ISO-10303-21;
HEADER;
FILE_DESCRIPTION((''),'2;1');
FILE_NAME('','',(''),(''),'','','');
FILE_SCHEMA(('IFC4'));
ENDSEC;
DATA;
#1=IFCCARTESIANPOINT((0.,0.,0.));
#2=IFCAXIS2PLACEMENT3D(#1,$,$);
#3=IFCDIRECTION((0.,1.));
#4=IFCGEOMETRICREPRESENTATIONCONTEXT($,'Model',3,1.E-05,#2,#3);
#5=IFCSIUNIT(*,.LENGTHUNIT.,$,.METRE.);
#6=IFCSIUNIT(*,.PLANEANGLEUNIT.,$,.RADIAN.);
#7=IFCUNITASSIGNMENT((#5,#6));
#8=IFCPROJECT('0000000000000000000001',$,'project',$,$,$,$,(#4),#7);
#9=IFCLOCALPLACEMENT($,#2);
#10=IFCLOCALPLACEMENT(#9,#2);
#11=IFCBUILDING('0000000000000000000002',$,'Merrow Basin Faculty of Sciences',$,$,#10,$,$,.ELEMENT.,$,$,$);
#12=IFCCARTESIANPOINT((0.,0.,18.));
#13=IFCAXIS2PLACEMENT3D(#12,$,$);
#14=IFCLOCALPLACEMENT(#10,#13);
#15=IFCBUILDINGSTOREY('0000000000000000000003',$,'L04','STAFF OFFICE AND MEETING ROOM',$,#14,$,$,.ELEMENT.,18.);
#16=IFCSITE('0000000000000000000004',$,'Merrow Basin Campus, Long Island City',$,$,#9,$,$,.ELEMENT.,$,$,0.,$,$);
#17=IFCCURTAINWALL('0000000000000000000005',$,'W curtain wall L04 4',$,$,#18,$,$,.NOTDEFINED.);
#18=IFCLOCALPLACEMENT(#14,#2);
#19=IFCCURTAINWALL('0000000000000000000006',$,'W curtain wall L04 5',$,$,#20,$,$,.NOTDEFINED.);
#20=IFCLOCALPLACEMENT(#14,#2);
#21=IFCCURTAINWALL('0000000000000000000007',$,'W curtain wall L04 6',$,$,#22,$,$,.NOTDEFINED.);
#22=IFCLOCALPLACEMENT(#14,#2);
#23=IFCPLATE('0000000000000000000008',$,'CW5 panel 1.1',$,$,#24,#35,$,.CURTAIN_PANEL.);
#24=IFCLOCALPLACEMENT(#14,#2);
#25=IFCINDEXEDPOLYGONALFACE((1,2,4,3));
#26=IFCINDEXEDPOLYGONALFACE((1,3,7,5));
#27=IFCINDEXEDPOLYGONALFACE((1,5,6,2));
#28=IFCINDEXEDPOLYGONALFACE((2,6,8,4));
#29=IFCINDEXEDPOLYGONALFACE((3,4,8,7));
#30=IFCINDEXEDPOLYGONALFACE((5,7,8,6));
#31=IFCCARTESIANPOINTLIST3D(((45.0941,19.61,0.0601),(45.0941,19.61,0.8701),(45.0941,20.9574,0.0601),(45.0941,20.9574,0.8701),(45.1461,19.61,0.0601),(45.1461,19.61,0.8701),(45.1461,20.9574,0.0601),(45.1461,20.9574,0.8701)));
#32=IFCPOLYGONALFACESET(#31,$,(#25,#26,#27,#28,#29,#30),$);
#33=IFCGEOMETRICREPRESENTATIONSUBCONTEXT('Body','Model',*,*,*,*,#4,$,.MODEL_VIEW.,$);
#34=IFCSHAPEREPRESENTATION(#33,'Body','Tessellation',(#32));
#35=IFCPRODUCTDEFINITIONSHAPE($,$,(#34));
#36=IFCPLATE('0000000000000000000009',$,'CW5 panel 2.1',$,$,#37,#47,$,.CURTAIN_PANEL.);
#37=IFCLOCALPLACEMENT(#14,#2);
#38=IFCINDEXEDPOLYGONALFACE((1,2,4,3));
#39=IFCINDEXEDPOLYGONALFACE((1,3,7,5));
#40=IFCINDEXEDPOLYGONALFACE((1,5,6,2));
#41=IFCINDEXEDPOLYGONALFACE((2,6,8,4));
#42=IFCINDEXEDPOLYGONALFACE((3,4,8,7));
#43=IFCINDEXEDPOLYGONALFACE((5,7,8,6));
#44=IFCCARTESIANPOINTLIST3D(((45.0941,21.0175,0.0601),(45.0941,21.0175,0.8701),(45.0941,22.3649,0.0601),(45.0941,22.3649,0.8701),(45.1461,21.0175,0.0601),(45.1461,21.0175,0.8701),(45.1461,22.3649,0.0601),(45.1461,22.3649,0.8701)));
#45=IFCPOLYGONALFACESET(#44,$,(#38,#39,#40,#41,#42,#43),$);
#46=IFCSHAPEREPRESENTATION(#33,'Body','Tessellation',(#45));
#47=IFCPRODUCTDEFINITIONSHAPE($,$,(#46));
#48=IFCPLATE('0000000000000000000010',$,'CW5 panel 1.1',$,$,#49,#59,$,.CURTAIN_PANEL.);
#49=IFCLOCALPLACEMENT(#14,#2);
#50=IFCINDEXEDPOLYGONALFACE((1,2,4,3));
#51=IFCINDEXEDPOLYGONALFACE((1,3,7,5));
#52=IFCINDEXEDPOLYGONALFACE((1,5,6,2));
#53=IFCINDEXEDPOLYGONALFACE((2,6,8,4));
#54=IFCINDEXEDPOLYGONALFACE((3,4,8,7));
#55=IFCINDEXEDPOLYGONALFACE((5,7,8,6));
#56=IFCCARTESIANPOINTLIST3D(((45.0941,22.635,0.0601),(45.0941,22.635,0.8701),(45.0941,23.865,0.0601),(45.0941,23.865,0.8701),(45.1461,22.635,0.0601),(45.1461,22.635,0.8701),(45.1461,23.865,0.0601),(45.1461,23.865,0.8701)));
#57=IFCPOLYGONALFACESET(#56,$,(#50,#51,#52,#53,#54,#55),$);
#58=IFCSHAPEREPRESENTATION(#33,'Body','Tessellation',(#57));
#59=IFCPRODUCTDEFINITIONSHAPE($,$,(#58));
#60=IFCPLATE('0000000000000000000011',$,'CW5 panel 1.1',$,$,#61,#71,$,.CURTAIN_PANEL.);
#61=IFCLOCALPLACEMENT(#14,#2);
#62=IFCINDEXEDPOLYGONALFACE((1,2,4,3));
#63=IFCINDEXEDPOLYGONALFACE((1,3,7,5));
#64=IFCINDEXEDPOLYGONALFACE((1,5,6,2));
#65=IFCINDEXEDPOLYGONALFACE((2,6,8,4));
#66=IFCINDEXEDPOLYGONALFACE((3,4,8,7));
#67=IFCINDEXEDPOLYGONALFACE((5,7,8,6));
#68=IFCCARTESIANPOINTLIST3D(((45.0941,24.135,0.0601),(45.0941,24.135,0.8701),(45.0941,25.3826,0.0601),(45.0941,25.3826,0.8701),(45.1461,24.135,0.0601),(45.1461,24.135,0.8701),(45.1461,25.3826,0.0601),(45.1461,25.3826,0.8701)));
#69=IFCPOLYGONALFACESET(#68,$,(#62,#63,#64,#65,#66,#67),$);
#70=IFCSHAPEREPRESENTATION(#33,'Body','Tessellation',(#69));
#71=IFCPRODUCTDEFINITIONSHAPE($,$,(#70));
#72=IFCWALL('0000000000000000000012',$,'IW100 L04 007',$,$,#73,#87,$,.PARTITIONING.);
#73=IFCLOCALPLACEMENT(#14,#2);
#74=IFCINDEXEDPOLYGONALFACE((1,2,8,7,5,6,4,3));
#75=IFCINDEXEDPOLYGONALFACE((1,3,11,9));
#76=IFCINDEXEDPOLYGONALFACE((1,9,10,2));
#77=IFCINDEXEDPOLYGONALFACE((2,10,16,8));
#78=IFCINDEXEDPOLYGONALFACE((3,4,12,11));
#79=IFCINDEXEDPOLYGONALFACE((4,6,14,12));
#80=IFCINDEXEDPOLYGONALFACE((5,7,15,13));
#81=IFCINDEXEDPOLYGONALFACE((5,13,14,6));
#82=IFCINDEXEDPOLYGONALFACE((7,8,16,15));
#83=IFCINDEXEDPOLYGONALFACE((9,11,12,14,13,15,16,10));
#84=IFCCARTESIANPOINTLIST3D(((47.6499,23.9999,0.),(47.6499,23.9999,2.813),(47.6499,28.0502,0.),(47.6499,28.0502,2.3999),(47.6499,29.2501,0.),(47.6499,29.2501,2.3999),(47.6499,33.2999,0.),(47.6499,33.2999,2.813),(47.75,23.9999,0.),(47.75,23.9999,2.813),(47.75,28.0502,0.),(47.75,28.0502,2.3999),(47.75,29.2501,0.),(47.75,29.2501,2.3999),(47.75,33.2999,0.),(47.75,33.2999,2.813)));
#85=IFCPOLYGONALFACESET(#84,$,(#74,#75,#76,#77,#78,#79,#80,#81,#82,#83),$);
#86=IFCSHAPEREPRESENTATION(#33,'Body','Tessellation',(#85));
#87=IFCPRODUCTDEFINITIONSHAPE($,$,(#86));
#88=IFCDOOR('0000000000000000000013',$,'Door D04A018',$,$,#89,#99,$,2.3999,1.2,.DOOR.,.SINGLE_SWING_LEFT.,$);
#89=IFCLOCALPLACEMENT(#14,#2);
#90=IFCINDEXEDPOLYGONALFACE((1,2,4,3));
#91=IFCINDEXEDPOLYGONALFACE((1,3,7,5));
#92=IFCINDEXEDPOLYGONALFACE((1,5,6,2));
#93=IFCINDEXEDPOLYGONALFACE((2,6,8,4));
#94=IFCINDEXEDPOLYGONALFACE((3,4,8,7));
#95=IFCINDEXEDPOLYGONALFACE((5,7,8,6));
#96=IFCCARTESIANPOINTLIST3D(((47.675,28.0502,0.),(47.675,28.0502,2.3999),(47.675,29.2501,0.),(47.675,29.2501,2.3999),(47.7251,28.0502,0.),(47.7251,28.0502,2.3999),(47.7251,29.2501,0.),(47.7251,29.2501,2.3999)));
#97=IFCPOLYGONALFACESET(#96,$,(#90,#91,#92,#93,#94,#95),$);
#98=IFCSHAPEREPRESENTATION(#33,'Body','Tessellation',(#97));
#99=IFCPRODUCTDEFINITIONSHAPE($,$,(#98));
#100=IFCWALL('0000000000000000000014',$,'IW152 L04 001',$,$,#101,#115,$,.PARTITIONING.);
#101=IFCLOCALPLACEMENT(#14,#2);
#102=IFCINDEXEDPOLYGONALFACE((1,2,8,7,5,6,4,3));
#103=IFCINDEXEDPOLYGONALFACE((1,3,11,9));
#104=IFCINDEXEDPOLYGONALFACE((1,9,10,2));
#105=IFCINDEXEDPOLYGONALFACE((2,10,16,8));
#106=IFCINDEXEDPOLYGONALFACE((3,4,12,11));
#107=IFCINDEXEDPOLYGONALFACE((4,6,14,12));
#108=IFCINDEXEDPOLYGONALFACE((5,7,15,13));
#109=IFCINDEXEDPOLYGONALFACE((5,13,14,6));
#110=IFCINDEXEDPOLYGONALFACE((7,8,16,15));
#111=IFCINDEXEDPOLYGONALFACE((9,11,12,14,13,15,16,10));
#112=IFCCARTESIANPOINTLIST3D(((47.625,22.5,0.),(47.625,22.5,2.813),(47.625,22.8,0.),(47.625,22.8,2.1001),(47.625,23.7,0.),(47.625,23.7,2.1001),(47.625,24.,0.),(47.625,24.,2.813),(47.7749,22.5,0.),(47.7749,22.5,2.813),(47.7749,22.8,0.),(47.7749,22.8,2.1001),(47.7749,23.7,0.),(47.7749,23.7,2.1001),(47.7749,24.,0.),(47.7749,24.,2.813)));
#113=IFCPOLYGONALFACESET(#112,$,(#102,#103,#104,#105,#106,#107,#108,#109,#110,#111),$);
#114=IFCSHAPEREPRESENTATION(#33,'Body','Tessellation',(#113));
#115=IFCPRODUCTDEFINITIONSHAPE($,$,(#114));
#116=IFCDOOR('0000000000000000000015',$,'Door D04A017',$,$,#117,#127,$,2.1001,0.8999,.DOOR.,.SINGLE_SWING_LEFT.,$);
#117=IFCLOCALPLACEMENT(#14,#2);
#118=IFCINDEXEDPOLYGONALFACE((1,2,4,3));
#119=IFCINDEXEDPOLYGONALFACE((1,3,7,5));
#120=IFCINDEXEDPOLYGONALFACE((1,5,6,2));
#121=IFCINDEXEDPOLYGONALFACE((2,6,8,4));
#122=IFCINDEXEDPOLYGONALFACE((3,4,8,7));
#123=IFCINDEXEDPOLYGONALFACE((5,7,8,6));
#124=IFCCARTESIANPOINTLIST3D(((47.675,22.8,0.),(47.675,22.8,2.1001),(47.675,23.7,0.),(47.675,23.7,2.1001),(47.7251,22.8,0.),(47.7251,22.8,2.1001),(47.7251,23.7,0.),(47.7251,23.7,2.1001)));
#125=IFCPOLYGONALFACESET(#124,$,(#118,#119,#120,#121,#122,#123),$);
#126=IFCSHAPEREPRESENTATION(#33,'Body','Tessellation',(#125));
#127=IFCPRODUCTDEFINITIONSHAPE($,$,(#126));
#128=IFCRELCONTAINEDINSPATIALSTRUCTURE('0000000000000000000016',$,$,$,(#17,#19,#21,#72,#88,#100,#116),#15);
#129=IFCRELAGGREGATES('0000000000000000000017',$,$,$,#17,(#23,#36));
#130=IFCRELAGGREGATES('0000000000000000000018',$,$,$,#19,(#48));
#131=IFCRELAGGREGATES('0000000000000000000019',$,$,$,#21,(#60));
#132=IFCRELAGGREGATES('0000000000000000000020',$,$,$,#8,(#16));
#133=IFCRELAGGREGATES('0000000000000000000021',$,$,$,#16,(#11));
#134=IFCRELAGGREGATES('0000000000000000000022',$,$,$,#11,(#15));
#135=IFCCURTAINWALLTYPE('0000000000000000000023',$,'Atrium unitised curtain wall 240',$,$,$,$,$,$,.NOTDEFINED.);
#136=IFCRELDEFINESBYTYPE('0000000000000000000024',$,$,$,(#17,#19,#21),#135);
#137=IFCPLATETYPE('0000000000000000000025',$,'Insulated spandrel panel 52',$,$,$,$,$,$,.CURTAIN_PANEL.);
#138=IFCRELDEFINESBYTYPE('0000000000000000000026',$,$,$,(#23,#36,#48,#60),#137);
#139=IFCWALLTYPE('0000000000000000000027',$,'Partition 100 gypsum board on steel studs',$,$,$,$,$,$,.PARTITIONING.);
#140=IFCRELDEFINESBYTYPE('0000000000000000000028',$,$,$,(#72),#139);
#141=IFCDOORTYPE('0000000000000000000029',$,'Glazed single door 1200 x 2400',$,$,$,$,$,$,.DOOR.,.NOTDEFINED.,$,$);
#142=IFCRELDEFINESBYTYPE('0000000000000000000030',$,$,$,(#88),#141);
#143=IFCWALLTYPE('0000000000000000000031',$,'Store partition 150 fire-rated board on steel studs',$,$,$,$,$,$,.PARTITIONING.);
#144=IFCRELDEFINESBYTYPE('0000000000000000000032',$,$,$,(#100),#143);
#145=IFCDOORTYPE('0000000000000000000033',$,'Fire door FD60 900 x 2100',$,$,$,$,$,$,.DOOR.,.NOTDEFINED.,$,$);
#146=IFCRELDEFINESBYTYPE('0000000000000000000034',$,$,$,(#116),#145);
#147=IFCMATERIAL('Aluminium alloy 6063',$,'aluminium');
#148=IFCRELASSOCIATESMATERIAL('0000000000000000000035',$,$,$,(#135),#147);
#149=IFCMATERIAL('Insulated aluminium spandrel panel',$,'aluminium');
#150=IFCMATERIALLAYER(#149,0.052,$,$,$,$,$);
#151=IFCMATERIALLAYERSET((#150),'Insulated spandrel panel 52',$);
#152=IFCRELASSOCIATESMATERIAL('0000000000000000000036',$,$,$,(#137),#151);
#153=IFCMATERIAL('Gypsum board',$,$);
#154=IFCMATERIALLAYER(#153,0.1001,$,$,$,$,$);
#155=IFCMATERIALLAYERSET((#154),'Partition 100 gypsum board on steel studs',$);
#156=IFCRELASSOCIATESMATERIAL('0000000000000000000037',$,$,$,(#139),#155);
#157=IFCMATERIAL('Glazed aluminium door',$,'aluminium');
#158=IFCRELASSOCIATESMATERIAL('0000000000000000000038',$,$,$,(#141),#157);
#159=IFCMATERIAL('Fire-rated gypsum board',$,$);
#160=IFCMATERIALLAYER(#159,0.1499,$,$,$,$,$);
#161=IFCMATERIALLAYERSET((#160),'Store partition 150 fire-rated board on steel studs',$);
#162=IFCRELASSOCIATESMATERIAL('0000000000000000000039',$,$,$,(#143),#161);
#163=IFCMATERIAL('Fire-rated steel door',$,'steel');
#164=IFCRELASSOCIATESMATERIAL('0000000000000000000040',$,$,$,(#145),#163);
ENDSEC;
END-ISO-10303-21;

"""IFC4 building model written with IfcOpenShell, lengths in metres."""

from ifc_helpers import new_model, si_unit, direction, frame, frame_2d, origin, origin_2d, place, context, subcontext, project, spatial, rectangle, extrude, material, layer, layer_set, type_object, element, fill, aggregate, save


model = new_model("IFC4")

# Units and contexts
model_context = context("Model", 3, precision=1e-05, world=origin(), true_north=direction((0.0, 1.0)))
body_context = subcontext(model_context, "Body", "Model", "MODEL_VIEW")
ifc_project = project(units=[si_unit("LENGTHUNIT", "METRE"), si_unit("PLANEANGLEUNIT", "RADIAN")], contexts=[model_context])

# Site, building, storey
site_placement = place(None, origin())
site = spatial("IfcSite", under=ifc_project, at=site_placement, Name="Merrow Basin Campus, Long Island City", CompositionType="ELEMENT", RefElevation=0.0)
building_placement = place(site_placement, origin())
building = spatial("IfcBuilding", under=site, at=building_placement, Name="Merrow Basin Faculty of Sciences", CompositionType="ELEMENT")
storey_placement = place(building_placement, frame((0.0, 0.0, 18.0)))
storey = spatial("IfcBuildingStorey", under=building, at=storey_placement, Name="L04", Description="STAFF OFFICE AND MEETING ROOM", CompositionType="ELEMENT", Elevation=18.0)

# Shared definitions
ifc_material_1 = material(Name="Aluminium alloy 6063", Category="aluminium")
curtain_wall_type = type_object("IfcCurtainWallType", Name="Atrium unitised curtain wall 240", PredefinedType="NOTDEFINED", material=ifc_material_1)

# Curtain walls
curtain_wall_1_placement = place(storey_placement, origin())
curtain_wall_1 = element("IfcCurtainWall", 1, at=curtain_wall_1_placement, inside=storey, type_object=curtain_wall_type, Name="W curtain wall L04 4", PredefinedType="NOTDEFINED")
curtain_wall_2_placement = place(storey_placement, origin())
curtain_wall_2 = element("IfcCurtainWall", 2, at=curtain_wall_2_placement, inside=storey, type_object=curtain_wall_type, Name="W curtain wall L04 5", PredefinedType="NOTDEFINED")
curtain_wall_3_placement = place(storey_placement, origin())
curtain_wall_3 = element("IfcCurtainWall", 3, at=curtain_wall_3_placement, inside=storey, type_object=curtain_wall_type, Name="W curtain wall L04 6", PredefinedType="NOTDEFINED")

# Plates
ifc_material_2 = material(Name="Insulated aluminium spandrel panel", Category="aluminium")
ifc_layer_1 = layer(ifc_material_2, 0.052)
ifc_layer_set_1 = layer_set([ifc_layer_1], Name="Insulated spandrel panel 52")
plate_type_1 = type_object("IfcPlateType", Name="Insulated spandrel panel 52", PredefinedType="CURTAIN_PANEL", material=ifc_layer_set_1)
plate_1_placement = place(storey_placement, frame((45.1201, 20.2837, 0.0601), z_axis=(0.0, 0.0, 1.0), x_axis=(0.0, 1.0, 0.0)))
plate_1 = element("IfcPlate", 4, at=plate_1_placement, type_object=plate_type_1, Name="CW5 panel 1.1", PredefinedType="CURTAIN_PANEL", context=body_context, shape_type="SweptSolid", body=[
    extrude(rectangle(XDim=1.3474, YDim=0.052, at=origin_2d()), origin(), (0.0, 0.0, 1.0), 0.8101),
])
plate_2_placement = place(storey_placement, frame((45.1201, 21.6912, 0.0601), z_axis=(0.0, 0.0, 1.0), x_axis=(0.0, 1.0, 0.0)))
plate_2 = element("IfcPlate", 5, at=plate_2_placement, type_object=plate_type_1, Name="CW5 panel 2.1", PredefinedType="CURTAIN_PANEL", context=body_context, shape_type="SweptSolid", body=[
    extrude(rectangle(XDim=1.3474, YDim=0.052, at=origin_2d()), origin(), (0.0, 0.0, 1.0), 0.8101),
])
aggregate(curtain_wall_1, [plate_1, plate_2])
plate_3_placement = place(storey_placement, frame((45.1201, 23.25, 0.0601), z_axis=(0.0, 0.0, 1.0), x_axis=(0.0, 1.0, 0.0)))
plate_3 = element("IfcPlate", 6, at=plate_3_placement, type_object=plate_type_1, Name="CW5 panel 1.1", PredefinedType="CURTAIN_PANEL", context=body_context, shape_type="SweptSolid", body=[
    extrude(rectangle(XDim=1.23, YDim=0.052, at=origin_2d()), origin(), (0.0, 0.0, 1.0), 0.8101),
])
aggregate(curtain_wall_2, [plate_3])
plate_4_placement = place(storey_placement, frame((45.1201, 24.7588, 0.0601), z_axis=(0.0, 0.0, 1.0), x_axis=(0.0, 1.0, 0.0)))
plate_4 = element("IfcPlate", 7, at=plate_4_placement, type_object=plate_type_1, Name="CW5 panel 1.1", PredefinedType="CURTAIN_PANEL", context=body_context, shape_type="SweptSolid", body=[
    extrude(rectangle(XDim=1.2476, YDim=0.052, at=origin_2d()), origin(), (0.0, 0.0, 1.0), 0.8101),
])
aggregate(curtain_wall_3, [plate_4])

# Walls, openings, doors
ifc_material_3 = material(Name="Gypsum board")
ifc_layer_2 = layer(ifc_material_3, 0.1001)
ifc_layer_set_2 = layer_set([ifc_layer_2], Name="Partition 100 gypsum board on steel studs")
wall_type_1 = type_object("IfcWallType", Name="Partition 100 gypsum board on steel studs", PredefinedType="PARTITIONING", material=ifc_layer_set_2)
wall_1_placement = place(storey_placement, frame((47.7, 24.0, 0.0), z_axis=(0.0, 0.0, 1.0), x_axis=(0.0, 1.0, 0.0)))
wall_1 = element("IfcWall", 8, at=wall_1_placement, inside=storey, type_object=wall_type_1, Name="IW100 L04 007", PredefinedType="PARTITIONING", context=body_context, shape_type="SweptSolid", body=[
    extrude(rectangle(XDim=9.3, YDim=0.1001, at=frame_2d((4.6499, 0.0))), origin(), (0.0, 0.0, 1.0), 2.813),
])
opening_1_placement = place(wall_1_placement, frame((4.05, 0.0, 0.0)))
opening_1 = element("IfcOpeningElement", 9, at=opening_1_placement, cuts=wall_1, PredefinedType="OPENING", context=body_context, shape_type="SweptSolid", body=[
    extrude(rectangle(XDim=1.2, YDim=2.3999, at=frame_2d((0.6001, 1.2))), frame((0.0, 0.0601, 0.0), z_axis=(0.0, -1.0, 0.0), x_axis=(1.0, 0.0, 0.0)), (0.0, 0.0, 1.0), 0.1201),
])
ifc_material_4 = material(Name="Glazed aluminium door", Category="aluminium")
door_type_1 = type_object("IfcDoorType", Name="Glazed single door 1200 x 2400", OperationType="NOTDEFINED", PredefinedType="DOOR", material=ifc_material_4)
door_1_placement = place(opening_1_placement, origin())
door_1 = element("IfcDoor", 10, at=door_1_placement, inside=storey, type_object=door_type_1, Name="Door D04A018", OperationType="SINGLE_SWING_LEFT", OverallHeight=2.3999, OverallWidth=1.2, PredefinedType="DOOR", context=body_context, shape_type="SweptSolid", body=[
    extrude(rectangle(XDim=1.2, YDim=2.3999, at=frame_2d((0.6001, 1.2))), frame((0.0, 0.0249, 0.0), z_axis=(0.0, -1.0, 0.0), x_axis=(1.0, 0.0, 0.0)), (0.0, 0.0, 1.0), 0.05),
])
fill(opening_1, door_1)
ifc_material_5 = material(Name="Fire-rated gypsum board")
ifc_layer_3 = layer(ifc_material_5, 0.1499)
ifc_layer_set_3 = layer_set([ifc_layer_3], Name="Store partition 150 fire-rated board on steel studs")
wall_type_2 = type_object("IfcWallType", Name="Store partition 150 fire-rated board on steel studs", PredefinedType="PARTITIONING", material=ifc_layer_set_3)
wall_2_placement = place(storey_placement, frame((47.7, 22.5, 0.0), z_axis=(0.0, 0.0, 1.0), x_axis=(0.0, 1.0, 0.0)))
wall_2 = element("IfcWall", 11, at=wall_2_placement, inside=storey, type_object=wall_type_2, Name="IW152 L04 001", PredefinedType="PARTITIONING", context=body_context, shape_type="SweptSolid", body=[
    extrude(rectangle(XDim=1.5, YDim=0.1499, at=frame_2d((0.75, 0.0))), origin(), (0.0, 0.0, 1.0), 2.813),
])
opening_2_placement = place(wall_2_placement, frame((0.3, 0.0, 0.0)))
opening_2 = element("IfcOpeningElement", 12, at=opening_2_placement, cuts=wall_2, PredefinedType="OPENING", context=body_context, shape_type="SweptSolid", body=[
    extrude(rectangle(XDim=0.8999, YDim=2.1001, at=frame_2d((0.45, 1.05))), frame((0.0, 0.085, 0.0), z_axis=(0.0, -1.0, 0.0), x_axis=(1.0, 0.0, 0.0)), (0.0, 0.0, 1.0), 0.1699),
])
ifc_material_6 = material(Name="Fire-rated steel door", Category="steel")
door_type_2 = type_object("IfcDoorType", Name="Fire door FD60 900 x 2100", OperationType="NOTDEFINED", PredefinedType="DOOR", material=ifc_material_6)
door_2_placement = place(opening_2_placement, origin())
door_2 = element("IfcDoor", 13, at=door_2_placement, inside=storey, type_object=door_type_2, Name="Door D04A017", OperationType="SINGLE_SWING_LEFT", OverallHeight=2.1001, OverallWidth=0.8999, PredefinedType="DOOR", context=body_context, shape_type="SweptSolid", body=[
    extrude(rectangle(XDim=0.8999, YDim=2.1001, at=frame_2d((0.45, 1.05))), frame((0.0, 0.0249, 0.0), z_axis=(0.0, -1.0, 0.0), x_axis=(1.0, 0.0, 0.0)), (0.0, 0.0, 1.0), 0.05),
])
fill(opening_2, door_2)

save(model, "model.ifc")
